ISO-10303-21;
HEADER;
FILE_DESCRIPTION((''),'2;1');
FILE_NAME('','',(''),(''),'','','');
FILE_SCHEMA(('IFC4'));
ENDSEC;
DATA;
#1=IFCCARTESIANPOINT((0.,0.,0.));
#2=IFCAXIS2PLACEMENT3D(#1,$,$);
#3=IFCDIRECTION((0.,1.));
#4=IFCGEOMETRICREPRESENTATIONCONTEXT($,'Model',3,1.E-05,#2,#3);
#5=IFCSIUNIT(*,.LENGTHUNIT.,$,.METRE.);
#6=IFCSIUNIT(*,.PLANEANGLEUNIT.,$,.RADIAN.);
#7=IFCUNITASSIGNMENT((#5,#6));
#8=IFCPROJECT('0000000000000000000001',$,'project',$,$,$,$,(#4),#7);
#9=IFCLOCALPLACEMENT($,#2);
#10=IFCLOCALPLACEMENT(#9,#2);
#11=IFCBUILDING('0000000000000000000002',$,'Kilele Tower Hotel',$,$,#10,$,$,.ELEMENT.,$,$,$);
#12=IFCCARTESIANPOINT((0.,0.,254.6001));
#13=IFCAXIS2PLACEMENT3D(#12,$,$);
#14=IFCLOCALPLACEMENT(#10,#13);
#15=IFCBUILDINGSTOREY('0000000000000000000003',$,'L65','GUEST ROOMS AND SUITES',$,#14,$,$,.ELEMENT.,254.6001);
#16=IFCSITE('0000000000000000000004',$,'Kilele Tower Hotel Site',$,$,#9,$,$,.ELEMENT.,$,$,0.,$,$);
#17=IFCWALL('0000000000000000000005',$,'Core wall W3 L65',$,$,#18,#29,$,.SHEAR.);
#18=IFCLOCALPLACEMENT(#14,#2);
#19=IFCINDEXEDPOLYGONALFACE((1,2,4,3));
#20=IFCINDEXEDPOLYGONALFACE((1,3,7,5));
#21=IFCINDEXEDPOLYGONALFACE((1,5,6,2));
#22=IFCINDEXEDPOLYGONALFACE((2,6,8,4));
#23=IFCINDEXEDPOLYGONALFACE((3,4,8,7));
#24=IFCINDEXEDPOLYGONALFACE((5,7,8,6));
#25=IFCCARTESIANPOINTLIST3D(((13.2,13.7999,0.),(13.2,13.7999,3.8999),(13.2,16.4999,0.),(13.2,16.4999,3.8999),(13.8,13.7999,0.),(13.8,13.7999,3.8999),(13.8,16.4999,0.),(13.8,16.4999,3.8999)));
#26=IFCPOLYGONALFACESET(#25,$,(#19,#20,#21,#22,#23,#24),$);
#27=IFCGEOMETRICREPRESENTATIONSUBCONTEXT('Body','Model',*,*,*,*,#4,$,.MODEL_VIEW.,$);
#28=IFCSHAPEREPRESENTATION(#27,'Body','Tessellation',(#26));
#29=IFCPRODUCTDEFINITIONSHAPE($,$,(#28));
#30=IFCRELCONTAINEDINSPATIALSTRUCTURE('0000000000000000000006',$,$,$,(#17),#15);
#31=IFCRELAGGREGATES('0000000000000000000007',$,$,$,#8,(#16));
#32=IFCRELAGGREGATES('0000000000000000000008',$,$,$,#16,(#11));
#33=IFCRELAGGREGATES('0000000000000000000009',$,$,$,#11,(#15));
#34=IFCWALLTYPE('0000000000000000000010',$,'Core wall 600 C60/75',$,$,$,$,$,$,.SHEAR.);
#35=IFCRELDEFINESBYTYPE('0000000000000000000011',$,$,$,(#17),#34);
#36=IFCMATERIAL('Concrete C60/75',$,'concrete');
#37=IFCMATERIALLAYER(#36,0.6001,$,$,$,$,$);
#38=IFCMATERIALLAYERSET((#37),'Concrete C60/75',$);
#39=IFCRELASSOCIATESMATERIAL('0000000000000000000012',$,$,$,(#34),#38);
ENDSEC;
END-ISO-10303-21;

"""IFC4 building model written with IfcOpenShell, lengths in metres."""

from ifc_helpers import new_model, si_unit, direction, frame, frame_2d, origin, place, context, subcontext, project, spatial, rectangle, extrude, material, layer, layer_set, type_object, element, save


model = new_model("IFC4")

# Units and contexts
model_context = context("Model", 3, precision=1e-05, world=origin(), true_north=direction((0.0, 1.0)))
body_context = subcontext(model_context, "Body", "Model", "MODEL_VIEW")
ifc_project = project(units=[si_unit("LENGTHUNIT", "METRE"), si_unit("PLANEANGLEUNIT", "RADIAN")], contexts=[model_context])

# Site, building, storey
site_placement = place(None, origin())
site = spatial("IfcSite", under=ifc_project, at=site_placement, Name="Kilele Tower Hotel Site", CompositionType="ELEMENT", RefElevation=0.0)
building_placement = place(site_placement, origin())
building = spatial("IfcBuilding", under=site, at=building_placement, Name="Kilele Tower Hotel", CompositionType="ELEMENT")
storey_placement = place(building_placement, frame((0.0, 0.0, 254.6001)))
storey = spatial("IfcBuildingStorey", under=building, at=storey_placement, Name="L65", Description="GUEST ROOMS AND SUITES", CompositionType="ELEMENT", Elevation=254.6001)

# Shared definitions
ifc_material_1 = material(Name="Concrete C60/75", Category="concrete")
ifc_layer = layer(ifc_material_1, 0.6001)
ifc_layer_set = layer_set([ifc_layer], Name="Concrete C60/75")
wall_type = type_object("IfcWallType", Name="Core wall 600 C60/75", PredefinedType="SHEAR", material=ifc_layer_set)

# Wall
wall_1_placement = place(storey_placement, frame((13.5, 16.5, 0.0), z_axis=(0.0, 0.0, 1.0), x_axis=(0.0, -1.0, 0.0)))
element("IfcWall", 1, at=wall_1_placement, inside=storey, type_object=wall_type, Name="Core wall W3 L65", PredefinedType="SHEAR", context=body_context, shape_type="SweptSolid", body=[
    extrude(rectangle(XDim=2.7, YDim=0.6001, at=frame_2d((1.3501, 0.0))), origin(), (0.0, 0.0, 1.0), 3.8999),
])

save(model, "model.ifc")
